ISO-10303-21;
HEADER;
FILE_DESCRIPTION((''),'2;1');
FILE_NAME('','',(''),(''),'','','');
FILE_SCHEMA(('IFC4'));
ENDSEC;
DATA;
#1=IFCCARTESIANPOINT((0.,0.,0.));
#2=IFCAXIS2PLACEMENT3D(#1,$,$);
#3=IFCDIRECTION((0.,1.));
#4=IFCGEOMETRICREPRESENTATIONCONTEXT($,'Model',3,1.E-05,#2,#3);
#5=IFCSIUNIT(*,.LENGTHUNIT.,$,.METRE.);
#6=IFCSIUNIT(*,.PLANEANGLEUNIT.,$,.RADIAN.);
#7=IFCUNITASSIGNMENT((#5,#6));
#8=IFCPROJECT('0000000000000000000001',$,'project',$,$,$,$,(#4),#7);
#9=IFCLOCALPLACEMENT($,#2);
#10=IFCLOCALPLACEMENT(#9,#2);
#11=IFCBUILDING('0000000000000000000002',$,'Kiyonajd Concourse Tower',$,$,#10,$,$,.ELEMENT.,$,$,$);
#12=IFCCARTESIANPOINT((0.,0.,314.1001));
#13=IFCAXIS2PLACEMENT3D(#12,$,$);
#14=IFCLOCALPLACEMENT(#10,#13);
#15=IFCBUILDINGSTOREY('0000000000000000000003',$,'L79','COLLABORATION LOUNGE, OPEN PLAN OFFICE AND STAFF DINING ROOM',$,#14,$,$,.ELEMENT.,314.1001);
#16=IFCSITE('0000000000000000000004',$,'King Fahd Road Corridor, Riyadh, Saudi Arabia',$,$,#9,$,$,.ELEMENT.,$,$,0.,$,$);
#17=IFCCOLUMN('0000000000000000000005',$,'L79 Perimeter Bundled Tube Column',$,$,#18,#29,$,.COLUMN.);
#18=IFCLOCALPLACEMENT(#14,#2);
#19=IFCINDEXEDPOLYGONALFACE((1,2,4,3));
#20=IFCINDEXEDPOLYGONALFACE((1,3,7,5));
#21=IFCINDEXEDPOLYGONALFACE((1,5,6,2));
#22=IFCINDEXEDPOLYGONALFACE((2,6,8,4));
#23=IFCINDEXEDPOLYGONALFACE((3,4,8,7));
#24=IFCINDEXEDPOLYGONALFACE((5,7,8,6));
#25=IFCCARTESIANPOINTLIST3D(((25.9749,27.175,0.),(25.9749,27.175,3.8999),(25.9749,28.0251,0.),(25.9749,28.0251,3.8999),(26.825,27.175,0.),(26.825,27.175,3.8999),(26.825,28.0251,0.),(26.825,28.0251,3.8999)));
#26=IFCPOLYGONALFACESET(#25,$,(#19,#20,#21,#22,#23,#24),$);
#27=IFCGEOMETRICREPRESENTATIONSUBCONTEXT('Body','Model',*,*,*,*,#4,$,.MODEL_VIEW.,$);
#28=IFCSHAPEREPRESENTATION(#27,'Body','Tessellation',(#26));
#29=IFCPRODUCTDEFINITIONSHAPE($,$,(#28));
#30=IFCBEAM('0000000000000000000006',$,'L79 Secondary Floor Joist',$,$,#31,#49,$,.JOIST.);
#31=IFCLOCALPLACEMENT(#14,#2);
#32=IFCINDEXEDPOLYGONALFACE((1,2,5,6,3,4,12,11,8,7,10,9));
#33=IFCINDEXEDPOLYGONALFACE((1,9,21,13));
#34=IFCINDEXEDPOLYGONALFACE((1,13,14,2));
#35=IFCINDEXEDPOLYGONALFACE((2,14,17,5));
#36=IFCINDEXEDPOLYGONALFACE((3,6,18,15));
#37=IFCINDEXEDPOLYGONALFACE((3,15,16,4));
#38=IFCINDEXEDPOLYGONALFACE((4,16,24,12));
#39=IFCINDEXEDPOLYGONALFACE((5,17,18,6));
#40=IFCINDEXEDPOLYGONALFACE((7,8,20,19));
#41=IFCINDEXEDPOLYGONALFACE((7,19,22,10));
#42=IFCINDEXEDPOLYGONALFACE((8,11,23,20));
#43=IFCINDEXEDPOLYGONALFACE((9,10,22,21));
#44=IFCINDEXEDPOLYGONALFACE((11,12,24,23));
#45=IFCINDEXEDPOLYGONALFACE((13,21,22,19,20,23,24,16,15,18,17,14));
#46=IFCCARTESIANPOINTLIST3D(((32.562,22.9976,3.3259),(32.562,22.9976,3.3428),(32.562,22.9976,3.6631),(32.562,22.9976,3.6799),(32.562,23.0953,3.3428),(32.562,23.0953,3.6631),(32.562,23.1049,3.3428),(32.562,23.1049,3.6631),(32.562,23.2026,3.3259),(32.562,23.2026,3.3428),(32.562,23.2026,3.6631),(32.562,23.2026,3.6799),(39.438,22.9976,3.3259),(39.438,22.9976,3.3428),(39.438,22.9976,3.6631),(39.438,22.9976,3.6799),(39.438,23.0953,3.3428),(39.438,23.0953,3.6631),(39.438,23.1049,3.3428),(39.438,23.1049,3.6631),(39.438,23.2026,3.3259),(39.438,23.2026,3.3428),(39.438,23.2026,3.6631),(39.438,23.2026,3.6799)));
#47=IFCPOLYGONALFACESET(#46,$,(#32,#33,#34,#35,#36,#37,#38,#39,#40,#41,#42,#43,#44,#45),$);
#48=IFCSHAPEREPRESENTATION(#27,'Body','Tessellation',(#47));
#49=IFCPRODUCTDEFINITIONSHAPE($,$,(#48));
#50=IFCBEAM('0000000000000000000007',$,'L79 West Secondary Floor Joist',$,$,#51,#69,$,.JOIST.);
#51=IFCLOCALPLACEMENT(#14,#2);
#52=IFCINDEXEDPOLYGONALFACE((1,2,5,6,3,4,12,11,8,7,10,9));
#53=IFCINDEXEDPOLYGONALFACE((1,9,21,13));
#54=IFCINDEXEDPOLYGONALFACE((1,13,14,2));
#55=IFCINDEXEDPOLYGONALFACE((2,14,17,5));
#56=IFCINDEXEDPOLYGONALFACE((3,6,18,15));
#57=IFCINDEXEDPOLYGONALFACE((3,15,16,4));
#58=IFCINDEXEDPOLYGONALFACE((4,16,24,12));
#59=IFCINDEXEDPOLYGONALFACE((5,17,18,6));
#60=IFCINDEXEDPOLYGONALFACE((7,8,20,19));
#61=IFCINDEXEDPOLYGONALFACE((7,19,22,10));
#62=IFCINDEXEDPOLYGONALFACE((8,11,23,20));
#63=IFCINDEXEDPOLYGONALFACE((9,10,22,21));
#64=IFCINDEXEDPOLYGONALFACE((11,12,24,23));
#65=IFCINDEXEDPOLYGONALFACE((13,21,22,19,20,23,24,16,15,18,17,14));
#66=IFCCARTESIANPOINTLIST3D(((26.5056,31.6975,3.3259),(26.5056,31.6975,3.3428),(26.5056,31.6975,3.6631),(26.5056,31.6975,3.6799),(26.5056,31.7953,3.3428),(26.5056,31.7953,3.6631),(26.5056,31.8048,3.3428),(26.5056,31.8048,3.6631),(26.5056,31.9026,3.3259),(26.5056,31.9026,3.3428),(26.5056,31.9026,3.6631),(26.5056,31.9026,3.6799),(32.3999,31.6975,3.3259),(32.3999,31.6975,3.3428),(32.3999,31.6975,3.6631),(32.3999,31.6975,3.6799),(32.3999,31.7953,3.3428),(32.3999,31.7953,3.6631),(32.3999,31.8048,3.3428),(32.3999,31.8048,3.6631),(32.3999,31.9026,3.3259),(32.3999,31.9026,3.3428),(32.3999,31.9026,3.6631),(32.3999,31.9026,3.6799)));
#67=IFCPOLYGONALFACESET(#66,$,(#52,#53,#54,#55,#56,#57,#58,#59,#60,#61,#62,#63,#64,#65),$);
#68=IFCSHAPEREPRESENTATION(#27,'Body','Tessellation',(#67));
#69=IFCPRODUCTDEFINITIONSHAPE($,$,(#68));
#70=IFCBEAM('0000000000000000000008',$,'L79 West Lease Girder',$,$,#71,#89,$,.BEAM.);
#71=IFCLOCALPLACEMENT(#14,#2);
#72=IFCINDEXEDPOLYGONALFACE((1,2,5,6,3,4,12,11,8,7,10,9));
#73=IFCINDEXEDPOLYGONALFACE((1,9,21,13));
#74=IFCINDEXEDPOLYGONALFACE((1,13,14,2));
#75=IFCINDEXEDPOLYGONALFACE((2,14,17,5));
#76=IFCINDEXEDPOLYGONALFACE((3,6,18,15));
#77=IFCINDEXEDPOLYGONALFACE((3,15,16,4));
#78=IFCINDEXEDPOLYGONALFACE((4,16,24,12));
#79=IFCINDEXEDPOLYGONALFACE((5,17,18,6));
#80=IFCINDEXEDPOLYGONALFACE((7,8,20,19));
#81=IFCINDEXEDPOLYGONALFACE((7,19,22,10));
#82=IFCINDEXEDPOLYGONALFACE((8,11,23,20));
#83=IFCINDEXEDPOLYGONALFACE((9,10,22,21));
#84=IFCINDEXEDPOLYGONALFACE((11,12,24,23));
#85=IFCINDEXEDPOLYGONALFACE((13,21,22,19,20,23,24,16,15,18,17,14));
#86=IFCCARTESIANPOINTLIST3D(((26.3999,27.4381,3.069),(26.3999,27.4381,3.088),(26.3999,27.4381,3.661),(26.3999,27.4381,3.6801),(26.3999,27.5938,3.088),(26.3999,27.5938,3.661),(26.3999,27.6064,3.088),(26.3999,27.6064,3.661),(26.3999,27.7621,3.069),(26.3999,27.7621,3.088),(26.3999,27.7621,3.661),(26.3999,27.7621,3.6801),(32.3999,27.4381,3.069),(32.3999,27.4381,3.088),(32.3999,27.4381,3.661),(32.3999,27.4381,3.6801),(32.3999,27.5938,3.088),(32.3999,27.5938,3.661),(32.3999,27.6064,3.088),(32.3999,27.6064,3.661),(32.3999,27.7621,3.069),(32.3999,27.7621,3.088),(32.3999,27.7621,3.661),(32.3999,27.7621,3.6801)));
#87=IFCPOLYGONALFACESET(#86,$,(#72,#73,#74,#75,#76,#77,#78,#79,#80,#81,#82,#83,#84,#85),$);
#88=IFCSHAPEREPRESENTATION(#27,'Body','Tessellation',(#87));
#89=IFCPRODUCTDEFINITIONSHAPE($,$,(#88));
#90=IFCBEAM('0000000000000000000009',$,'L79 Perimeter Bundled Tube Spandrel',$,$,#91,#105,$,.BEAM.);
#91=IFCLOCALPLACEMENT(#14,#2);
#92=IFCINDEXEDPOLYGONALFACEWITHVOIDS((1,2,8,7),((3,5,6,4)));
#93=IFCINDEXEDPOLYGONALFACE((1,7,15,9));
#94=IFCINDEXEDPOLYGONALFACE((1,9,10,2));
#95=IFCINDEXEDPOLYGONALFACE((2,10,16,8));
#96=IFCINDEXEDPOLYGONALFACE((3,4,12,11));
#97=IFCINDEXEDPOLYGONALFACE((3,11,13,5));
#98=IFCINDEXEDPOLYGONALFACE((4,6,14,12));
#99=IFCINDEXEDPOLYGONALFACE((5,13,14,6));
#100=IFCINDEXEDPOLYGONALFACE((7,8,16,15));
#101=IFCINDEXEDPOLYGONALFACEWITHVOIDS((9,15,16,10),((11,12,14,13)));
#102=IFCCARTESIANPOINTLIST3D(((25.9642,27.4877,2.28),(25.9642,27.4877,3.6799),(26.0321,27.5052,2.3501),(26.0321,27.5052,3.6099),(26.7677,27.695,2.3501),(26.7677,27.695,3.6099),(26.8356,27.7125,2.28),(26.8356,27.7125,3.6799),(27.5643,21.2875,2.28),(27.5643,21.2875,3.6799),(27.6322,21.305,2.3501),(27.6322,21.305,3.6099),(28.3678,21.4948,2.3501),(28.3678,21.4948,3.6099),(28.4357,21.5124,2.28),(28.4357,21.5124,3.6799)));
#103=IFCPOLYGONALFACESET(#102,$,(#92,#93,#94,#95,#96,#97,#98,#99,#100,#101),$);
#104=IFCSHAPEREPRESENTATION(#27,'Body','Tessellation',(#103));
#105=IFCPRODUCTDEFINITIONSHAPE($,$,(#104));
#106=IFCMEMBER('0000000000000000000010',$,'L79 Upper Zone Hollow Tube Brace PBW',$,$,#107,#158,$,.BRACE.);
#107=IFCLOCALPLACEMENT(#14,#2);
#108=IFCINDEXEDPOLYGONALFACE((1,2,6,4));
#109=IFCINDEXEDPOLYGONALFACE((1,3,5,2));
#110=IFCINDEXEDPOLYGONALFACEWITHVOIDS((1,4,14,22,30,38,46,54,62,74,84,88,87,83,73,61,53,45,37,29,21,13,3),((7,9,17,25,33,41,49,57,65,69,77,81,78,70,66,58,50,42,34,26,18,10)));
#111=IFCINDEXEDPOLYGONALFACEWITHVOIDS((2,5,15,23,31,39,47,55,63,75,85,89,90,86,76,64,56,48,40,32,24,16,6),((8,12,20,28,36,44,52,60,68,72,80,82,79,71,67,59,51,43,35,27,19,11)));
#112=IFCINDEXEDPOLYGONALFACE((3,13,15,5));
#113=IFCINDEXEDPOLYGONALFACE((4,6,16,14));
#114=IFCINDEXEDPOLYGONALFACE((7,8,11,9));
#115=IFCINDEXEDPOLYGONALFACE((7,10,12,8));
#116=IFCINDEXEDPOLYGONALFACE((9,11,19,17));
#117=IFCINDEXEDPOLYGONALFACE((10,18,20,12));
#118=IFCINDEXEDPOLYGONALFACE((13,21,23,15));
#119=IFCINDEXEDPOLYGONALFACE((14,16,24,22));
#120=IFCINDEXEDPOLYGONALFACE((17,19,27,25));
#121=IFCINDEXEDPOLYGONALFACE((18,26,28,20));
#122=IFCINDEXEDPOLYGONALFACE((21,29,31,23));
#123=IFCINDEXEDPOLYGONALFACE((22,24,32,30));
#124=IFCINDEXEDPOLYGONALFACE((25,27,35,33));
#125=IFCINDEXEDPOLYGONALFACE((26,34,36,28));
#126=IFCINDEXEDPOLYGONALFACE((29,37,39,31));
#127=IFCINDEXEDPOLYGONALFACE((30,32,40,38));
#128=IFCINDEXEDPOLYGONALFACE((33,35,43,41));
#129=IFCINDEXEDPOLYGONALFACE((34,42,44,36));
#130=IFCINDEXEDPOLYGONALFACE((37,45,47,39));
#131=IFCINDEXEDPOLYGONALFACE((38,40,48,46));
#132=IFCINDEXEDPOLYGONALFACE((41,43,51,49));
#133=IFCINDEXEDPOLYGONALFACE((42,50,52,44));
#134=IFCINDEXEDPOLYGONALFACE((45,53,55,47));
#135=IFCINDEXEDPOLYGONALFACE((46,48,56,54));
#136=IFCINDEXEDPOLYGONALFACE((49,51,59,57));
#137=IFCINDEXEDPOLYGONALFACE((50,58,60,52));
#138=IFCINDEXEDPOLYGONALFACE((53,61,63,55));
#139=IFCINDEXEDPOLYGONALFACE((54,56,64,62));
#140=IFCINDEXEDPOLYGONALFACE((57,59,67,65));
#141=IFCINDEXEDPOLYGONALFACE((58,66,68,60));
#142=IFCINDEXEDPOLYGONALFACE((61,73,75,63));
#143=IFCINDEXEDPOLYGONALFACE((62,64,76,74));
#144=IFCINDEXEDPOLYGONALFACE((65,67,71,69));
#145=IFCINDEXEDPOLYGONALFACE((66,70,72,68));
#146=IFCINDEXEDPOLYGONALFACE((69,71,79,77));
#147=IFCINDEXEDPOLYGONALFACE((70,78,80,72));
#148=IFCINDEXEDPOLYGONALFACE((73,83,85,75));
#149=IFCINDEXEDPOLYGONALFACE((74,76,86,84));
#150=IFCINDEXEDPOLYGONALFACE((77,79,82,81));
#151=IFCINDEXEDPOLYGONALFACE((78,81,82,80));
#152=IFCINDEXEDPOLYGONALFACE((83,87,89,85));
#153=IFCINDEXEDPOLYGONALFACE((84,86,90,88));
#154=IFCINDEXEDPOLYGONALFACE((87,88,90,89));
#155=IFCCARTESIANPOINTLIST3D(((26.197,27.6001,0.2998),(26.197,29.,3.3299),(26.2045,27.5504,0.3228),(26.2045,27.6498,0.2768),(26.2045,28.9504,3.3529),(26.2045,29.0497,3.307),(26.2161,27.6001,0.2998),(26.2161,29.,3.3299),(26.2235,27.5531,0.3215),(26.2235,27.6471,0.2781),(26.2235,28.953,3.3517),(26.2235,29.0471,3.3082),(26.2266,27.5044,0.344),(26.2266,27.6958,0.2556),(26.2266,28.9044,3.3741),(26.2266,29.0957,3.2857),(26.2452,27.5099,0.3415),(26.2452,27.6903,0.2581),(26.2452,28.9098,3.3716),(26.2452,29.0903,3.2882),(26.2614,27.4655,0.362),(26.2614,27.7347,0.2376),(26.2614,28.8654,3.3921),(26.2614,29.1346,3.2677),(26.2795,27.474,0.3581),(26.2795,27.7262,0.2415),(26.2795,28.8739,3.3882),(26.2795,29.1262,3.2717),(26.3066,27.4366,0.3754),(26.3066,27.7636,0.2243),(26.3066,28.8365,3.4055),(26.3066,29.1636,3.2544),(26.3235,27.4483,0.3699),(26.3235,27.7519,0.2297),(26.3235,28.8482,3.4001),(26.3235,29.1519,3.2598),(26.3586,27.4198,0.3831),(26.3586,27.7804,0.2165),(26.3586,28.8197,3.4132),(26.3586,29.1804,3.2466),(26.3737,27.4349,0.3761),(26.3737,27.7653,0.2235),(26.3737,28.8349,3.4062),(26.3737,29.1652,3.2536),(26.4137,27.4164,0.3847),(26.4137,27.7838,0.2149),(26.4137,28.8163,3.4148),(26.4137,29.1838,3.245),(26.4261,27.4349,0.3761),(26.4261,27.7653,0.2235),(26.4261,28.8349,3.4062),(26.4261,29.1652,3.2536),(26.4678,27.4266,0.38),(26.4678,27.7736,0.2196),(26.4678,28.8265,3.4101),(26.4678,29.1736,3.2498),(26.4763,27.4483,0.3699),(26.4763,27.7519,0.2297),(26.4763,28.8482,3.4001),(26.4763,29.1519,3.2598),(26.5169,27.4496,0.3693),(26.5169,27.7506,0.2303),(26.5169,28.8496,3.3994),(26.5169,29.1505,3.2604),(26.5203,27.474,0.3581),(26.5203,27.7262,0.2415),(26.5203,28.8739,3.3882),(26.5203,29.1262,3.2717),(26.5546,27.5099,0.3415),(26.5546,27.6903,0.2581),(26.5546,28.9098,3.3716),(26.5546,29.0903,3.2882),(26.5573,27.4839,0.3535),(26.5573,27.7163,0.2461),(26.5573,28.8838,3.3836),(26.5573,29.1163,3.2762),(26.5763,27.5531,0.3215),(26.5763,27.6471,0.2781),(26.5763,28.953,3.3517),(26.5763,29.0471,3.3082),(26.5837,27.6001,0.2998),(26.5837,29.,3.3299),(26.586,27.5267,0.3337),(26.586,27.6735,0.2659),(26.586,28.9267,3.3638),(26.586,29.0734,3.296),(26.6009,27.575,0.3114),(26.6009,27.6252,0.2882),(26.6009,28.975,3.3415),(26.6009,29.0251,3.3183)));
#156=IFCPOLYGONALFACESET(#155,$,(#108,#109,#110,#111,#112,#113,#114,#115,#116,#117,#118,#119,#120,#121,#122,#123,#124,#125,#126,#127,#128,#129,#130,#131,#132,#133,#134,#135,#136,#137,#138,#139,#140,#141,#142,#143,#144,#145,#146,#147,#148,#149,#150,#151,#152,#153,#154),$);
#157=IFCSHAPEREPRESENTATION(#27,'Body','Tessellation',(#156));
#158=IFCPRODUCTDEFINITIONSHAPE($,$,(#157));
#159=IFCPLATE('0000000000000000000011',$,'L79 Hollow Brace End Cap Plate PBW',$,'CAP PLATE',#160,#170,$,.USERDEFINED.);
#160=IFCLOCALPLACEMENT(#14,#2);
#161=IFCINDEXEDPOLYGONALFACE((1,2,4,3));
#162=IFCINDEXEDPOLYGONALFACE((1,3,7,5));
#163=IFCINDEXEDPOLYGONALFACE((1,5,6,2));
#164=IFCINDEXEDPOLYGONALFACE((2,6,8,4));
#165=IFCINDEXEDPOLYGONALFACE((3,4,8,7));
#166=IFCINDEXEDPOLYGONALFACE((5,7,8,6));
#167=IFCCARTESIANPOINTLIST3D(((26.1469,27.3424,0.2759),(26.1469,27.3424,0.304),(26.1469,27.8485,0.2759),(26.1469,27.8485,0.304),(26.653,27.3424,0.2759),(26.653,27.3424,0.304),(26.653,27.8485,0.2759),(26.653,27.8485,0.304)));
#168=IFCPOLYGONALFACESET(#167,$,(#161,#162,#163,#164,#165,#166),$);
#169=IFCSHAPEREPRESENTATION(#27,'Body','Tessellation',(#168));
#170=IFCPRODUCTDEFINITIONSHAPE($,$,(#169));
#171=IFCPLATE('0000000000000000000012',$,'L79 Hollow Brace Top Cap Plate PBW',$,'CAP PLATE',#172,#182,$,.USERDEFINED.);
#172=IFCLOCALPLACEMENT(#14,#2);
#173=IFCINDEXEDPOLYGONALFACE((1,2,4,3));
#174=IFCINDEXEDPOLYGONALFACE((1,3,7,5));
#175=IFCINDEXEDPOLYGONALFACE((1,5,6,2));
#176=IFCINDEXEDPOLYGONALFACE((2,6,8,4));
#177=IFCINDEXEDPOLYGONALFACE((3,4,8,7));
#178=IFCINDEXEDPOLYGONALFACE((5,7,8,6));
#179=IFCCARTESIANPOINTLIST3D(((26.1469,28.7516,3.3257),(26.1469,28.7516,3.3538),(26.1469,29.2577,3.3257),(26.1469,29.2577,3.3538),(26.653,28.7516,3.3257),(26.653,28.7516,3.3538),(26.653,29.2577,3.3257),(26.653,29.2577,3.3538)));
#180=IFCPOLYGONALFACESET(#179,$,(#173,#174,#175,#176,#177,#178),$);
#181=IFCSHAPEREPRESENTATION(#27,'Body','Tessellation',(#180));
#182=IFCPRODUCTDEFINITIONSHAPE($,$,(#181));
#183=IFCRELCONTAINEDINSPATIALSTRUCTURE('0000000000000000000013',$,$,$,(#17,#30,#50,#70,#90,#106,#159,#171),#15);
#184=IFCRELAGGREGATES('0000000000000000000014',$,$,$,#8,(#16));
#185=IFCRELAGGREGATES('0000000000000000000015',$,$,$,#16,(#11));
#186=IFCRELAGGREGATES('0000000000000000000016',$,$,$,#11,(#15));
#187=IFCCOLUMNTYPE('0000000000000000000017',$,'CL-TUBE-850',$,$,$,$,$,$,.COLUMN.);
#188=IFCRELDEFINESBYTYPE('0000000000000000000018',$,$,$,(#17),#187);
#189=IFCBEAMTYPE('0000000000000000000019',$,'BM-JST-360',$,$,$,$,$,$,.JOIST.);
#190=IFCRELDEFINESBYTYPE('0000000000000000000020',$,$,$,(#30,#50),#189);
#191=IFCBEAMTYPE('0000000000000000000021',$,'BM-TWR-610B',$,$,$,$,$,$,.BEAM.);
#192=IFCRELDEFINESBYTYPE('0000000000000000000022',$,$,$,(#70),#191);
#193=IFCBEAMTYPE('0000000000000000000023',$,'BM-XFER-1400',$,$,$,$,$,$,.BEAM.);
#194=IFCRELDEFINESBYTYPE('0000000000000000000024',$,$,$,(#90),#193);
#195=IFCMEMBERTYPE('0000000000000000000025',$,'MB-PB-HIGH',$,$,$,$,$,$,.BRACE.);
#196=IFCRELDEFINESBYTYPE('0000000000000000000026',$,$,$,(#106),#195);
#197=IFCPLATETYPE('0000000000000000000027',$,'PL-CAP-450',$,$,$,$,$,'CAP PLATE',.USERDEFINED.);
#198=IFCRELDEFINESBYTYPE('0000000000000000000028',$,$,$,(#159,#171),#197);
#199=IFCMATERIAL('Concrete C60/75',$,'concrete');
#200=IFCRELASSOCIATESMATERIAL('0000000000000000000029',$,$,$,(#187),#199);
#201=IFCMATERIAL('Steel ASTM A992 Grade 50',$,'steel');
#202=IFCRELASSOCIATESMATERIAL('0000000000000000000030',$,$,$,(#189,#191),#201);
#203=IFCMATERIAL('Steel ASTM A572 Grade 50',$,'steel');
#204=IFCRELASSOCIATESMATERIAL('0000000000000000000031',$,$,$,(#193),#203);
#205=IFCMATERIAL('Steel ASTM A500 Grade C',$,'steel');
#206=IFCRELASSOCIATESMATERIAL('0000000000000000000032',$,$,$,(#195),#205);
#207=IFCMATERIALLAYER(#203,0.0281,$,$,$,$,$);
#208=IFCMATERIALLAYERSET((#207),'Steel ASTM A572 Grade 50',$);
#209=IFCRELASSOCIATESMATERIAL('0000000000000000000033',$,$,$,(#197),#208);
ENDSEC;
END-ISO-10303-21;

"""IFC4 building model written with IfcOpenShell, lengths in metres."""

from ifc_helpers import new_model, si_unit, direction, frame, origin, origin_2d, place, context, subcontext, project, spatial, rectangle, hollow_rectangle, hollow_circle, i_section, extrude, material, layer, layer_set, material_profile, profile_set, type_object, element, save


model = new_model("IFC4")

# Units and contexts
model_context = context("Model", 3, precision=1e-05, world=origin(), true_north=direction((0.0, 1.0)))
body_context = subcontext(model_context, "Body", "Model", "MODEL_VIEW")
ifc_project = project(units=[si_unit("LENGTHUNIT", "METRE"), si_unit("PLANEANGLEUNIT", "RADIAN")], contexts=[model_context])

# Site, building, storey
site_placement = place(None, origin())
site = spatial("IfcSite", under=ifc_project, at=site_placement, Name="King Fahd Road Corridor, Riyadh, Saudi Arabia", CompositionType="ELEMENT", RefElevation=0.0)
building_placement = place(site_placement, origin())
building = spatial("IfcBuilding", under=site, at=building_placement, Name="Kiyonajd Concourse Tower", CompositionType="ELEMENT")
storey_placement = place(building_placement, frame((0.0, 0.0, 314.1001)))
storey = spatial("IfcBuildingStorey", under=building, at=storey_placement, Name="L79", Description="COLLABORATION LOUNGE, OPEN PLAN OFFICE AND STAFF DINING ROOM", CompositionType="ELEMENT", Elevation=314.1001)

# Column
ifc_material_1 = material(Name="Concrete C60/75", Category="concrete")
ifc_material_profile_1 = material_profile(ifc_material_1, rectangle(XDim=0.8501, YDim=0.8501, at=origin_2d()), Name="RC-850x850")
ifc_profile_set_1 = profile_set([ifc_material_profile_1], Name="Concrete C60/75")
column_type = type_object("IfcColumnType", Name="CL-TUBE-850", PredefinedType="COLUMN", material=ifc_profile_set_1)
column_placement = place(storey_placement, frame((26.3999, 27.6001, 0.0), z_axis=(0.0, 0.0, 1.0), x_axis=(1.0, 0.0, 0.0)))
element("IfcColumn", 1, at=column_placement, inside=storey, type_object=column_type, Name="L79 Perimeter Bundled Tube Column", PredefinedType="COLUMN", context=body_context, shape_type="SweptSolid", body=[
    extrude(rectangle(XDim=0.8501, YDim=0.8501, at=origin_2d()), origin(), (0.0, 0.0, 1.0), 3.8999),
])

# Beams
ifc_material_2 = material(Name="Steel ASTM A992 Grade 50", Category="steel")
ifc_material_profile_2 = material_profile(ifc_material_2, i_section(OverallWidth=0.2051, OverallDepth=0.354, WebThickness=0.0095, FlangeThickness=0.0168, at=origin_2d()), Name="W360X79")
ifc_profile_set_2 = profile_set([ifc_material_profile_2], Name="Steel ASTM A992 Grade 50")
beam_type_1 = type_object("IfcBeamType", Name="BM-JST-360", PredefinedType="JOIST", material=ifc_profile_set_2)
beam_1_placement = place(storey_placement, frame((32.562, 23.1001, 3.5029), z_axis=(1.0, 0.0, 0.0), x_axis=(0.0, 1.0, 0.0)))
element("IfcBeam", 2, at=beam_1_placement, inside=storey, type_object=beam_type_1, Name="L79 Secondary Floor Joist", PredefinedType="JOIST", context=body_context, shape_type="SweptSolid", body=[
    extrude(i_section(OverallWidth=0.2051, OverallDepth=0.354, WebThickness=0.0095, FlangeThickness=0.0168, at=origin_2d()), origin(), (0.0, 0.0, 1.0), 6.876),
])
beam_2_placement = place(storey_placement, frame((26.5056, 31.8, 3.5029), z_axis=(1.0, 0.0, 0.0), x_axis=(0.0, 1.0, 0.0)))
element("IfcBeam", 3, at=beam_2_placement, inside=storey, type_object=beam_type_1, Name="L79 West Secondary Floor Joist", PredefinedType="JOIST", context=body_context, shape_type="SweptSolid", body=[
    extrude(i_section(OverallWidth=0.2051, OverallDepth=0.354, WebThickness=0.0095, FlangeThickness=0.0168, at=origin_2d()), origin(), (0.0, 0.0, 1.0), 5.8943),
])
ifc_material_profile_3 = material_profile(ifc_material_2, i_section(OverallWidth=0.324, OverallDepth=0.6111, WebThickness=0.0127, FlangeThickness=0.019, at=origin_2d()), Name="W610X155")
ifc_profile_set_3 = profile_set([ifc_material_profile_3], Name="Steel ASTM A992 Grade 50")
beam_type_2 = type_object("IfcBeamType", Name="BM-TWR-610B", PredefinedType="BEAM", material=ifc_profile_set_3)
beam_3_placement = place(storey_placement, frame((26.3999, 27.6001, 3.3745), z_axis=(1.0, 0.0, 0.0), x_axis=(0.0, 1.0, 0.0)))
element("IfcBeam", 4, at=beam_3_placement, inside=storey, type_object=beam_type_2, Name="L79 West Lease Girder", PredefinedType="BEAM", context=body_context, shape_type="SweptSolid", body=[
    extrude(i_section(OverallWidth=0.324, OverallDepth=0.6111, WebThickness=0.0127, FlangeThickness=0.019, at=origin_2d()), origin(), (0.0, 0.0, 1.0), 6.0),
])
ifc_material_3 = material(Name="Steel ASTM A572 Grade 50", Category="steel")
ifc_material_profile_4 = material_profile(ifc_material_3, hollow_rectangle(XDim=0.8999, YDim=1.3999, WallThickness=0.0701, at=origin_2d()), Name="BOX-1400x900x70")
ifc_profile_set_4 = profile_set([ifc_material_profile_4], Name="Steel ASTM A572 Grade 50")
beam_type_3 = type_object("IfcBeamType", Name="BM-XFER-1400", PredefinedType="BEAM", material=ifc_profile_set_4)
beam_4_placement = place(storey_placement, frame((26.3999, 27.6001, 2.98), z_axis=(0.249885, -0.968276, 0.0), x_axis=(0.968276, 0.249885, 0.0)))
element("IfcBeam", 5, at=beam_4_placement, inside=storey, type_object=beam_type_3, Name="L79 Perimeter Bundled Tube Spandrel", PredefinedType="BEAM", context=body_context, shape_type="SweptSolid", body=[
    extrude(hollow_rectangle(XDim=0.8999, YDim=1.3999, WallThickness=0.0701, at=origin_2d()), origin(), (0.0, 0.0, 1.0), 6.4033),
])

# Member
ifc_material_4 = material(Name="Steel ASTM A500 Grade C", Category="steel")
ifc_material_profile_5 = material_profile(ifc_material_4, hollow_circle(Radius=0.2029, WallThickness=0.019, at=origin_2d()), Name="CHS-406x19")
ifc_profile_set_5 = profile_set([ifc_material_profile_5], Name="Steel ASTM A500 Grade C")
member_type = type_object("IfcMemberType", Name="MB-PB-HIGH", PredefinedType="BRACE", material=ifc_profile_set_5)
member_placement = place(storey_placement, frame((26.3999, 27.6001, 0.2998), z_axis=(0.0, 0.419411, 0.907797), x_axis=(-1.0, 0.0, 0.0)))
element("IfcMember", 6, at=member_placement, inside=storey, type_object=member_type, Name="L79 Upper Zone Hollow Tube Brace PBW", PredefinedType="BRACE", context=body_context, shape_type="SweptSolid", body=[
    extrude(hollow_circle(Radius=0.2029, WallThickness=0.019, at=origin_2d()), origin(), (0.0, 0.0, 1.0), 3.3379),
])

# Plates
ifc_layer_1 = layer(ifc_material_3, 0.0281)
ifc_layer_set_1 = layer_set([ifc_layer_1], Name="Steel ASTM A572 Grade 50")
plate_type_1 = type_object("IfcPlateType", Name="PL-CAP-450", ElementType="CAP PLATE", PredefinedType="USERDEFINED", material=ifc_layer_set_1)
for number, where, z_axis, x_axis, name in (
    (7, (26.3999, 27.5955, 0.2759), (0.0, 0.0, 1.0), (1.0, 0.0, 0.0), "L79 Hollow Brace End Cap Plate PBW"),
    (8, (26.3999, 29.0046, 3.3257), (0.0, 0.0, 1.0), (1.0, 0.0, 0.0), "L79 Hollow Brace Top Cap Plate PBW"),
):
    element("IfcPlate", number, at=place(storey_placement, frame(where, z_axis=z_axis, x_axis=x_axis)), inside=storey, type_object=plate_type_1, Name=name, ObjectType="CAP PLATE", PredefinedType="USERDEFINED", context=body_context, shape_type="SweptSolid", body=[
        extrude(rectangle(XDim=0.5061, YDim=0.5061, at=origin_2d()), origin(), (0.0, 0.0, 1.0), 0.0281),
    ])

save(model, "model.ifc")
